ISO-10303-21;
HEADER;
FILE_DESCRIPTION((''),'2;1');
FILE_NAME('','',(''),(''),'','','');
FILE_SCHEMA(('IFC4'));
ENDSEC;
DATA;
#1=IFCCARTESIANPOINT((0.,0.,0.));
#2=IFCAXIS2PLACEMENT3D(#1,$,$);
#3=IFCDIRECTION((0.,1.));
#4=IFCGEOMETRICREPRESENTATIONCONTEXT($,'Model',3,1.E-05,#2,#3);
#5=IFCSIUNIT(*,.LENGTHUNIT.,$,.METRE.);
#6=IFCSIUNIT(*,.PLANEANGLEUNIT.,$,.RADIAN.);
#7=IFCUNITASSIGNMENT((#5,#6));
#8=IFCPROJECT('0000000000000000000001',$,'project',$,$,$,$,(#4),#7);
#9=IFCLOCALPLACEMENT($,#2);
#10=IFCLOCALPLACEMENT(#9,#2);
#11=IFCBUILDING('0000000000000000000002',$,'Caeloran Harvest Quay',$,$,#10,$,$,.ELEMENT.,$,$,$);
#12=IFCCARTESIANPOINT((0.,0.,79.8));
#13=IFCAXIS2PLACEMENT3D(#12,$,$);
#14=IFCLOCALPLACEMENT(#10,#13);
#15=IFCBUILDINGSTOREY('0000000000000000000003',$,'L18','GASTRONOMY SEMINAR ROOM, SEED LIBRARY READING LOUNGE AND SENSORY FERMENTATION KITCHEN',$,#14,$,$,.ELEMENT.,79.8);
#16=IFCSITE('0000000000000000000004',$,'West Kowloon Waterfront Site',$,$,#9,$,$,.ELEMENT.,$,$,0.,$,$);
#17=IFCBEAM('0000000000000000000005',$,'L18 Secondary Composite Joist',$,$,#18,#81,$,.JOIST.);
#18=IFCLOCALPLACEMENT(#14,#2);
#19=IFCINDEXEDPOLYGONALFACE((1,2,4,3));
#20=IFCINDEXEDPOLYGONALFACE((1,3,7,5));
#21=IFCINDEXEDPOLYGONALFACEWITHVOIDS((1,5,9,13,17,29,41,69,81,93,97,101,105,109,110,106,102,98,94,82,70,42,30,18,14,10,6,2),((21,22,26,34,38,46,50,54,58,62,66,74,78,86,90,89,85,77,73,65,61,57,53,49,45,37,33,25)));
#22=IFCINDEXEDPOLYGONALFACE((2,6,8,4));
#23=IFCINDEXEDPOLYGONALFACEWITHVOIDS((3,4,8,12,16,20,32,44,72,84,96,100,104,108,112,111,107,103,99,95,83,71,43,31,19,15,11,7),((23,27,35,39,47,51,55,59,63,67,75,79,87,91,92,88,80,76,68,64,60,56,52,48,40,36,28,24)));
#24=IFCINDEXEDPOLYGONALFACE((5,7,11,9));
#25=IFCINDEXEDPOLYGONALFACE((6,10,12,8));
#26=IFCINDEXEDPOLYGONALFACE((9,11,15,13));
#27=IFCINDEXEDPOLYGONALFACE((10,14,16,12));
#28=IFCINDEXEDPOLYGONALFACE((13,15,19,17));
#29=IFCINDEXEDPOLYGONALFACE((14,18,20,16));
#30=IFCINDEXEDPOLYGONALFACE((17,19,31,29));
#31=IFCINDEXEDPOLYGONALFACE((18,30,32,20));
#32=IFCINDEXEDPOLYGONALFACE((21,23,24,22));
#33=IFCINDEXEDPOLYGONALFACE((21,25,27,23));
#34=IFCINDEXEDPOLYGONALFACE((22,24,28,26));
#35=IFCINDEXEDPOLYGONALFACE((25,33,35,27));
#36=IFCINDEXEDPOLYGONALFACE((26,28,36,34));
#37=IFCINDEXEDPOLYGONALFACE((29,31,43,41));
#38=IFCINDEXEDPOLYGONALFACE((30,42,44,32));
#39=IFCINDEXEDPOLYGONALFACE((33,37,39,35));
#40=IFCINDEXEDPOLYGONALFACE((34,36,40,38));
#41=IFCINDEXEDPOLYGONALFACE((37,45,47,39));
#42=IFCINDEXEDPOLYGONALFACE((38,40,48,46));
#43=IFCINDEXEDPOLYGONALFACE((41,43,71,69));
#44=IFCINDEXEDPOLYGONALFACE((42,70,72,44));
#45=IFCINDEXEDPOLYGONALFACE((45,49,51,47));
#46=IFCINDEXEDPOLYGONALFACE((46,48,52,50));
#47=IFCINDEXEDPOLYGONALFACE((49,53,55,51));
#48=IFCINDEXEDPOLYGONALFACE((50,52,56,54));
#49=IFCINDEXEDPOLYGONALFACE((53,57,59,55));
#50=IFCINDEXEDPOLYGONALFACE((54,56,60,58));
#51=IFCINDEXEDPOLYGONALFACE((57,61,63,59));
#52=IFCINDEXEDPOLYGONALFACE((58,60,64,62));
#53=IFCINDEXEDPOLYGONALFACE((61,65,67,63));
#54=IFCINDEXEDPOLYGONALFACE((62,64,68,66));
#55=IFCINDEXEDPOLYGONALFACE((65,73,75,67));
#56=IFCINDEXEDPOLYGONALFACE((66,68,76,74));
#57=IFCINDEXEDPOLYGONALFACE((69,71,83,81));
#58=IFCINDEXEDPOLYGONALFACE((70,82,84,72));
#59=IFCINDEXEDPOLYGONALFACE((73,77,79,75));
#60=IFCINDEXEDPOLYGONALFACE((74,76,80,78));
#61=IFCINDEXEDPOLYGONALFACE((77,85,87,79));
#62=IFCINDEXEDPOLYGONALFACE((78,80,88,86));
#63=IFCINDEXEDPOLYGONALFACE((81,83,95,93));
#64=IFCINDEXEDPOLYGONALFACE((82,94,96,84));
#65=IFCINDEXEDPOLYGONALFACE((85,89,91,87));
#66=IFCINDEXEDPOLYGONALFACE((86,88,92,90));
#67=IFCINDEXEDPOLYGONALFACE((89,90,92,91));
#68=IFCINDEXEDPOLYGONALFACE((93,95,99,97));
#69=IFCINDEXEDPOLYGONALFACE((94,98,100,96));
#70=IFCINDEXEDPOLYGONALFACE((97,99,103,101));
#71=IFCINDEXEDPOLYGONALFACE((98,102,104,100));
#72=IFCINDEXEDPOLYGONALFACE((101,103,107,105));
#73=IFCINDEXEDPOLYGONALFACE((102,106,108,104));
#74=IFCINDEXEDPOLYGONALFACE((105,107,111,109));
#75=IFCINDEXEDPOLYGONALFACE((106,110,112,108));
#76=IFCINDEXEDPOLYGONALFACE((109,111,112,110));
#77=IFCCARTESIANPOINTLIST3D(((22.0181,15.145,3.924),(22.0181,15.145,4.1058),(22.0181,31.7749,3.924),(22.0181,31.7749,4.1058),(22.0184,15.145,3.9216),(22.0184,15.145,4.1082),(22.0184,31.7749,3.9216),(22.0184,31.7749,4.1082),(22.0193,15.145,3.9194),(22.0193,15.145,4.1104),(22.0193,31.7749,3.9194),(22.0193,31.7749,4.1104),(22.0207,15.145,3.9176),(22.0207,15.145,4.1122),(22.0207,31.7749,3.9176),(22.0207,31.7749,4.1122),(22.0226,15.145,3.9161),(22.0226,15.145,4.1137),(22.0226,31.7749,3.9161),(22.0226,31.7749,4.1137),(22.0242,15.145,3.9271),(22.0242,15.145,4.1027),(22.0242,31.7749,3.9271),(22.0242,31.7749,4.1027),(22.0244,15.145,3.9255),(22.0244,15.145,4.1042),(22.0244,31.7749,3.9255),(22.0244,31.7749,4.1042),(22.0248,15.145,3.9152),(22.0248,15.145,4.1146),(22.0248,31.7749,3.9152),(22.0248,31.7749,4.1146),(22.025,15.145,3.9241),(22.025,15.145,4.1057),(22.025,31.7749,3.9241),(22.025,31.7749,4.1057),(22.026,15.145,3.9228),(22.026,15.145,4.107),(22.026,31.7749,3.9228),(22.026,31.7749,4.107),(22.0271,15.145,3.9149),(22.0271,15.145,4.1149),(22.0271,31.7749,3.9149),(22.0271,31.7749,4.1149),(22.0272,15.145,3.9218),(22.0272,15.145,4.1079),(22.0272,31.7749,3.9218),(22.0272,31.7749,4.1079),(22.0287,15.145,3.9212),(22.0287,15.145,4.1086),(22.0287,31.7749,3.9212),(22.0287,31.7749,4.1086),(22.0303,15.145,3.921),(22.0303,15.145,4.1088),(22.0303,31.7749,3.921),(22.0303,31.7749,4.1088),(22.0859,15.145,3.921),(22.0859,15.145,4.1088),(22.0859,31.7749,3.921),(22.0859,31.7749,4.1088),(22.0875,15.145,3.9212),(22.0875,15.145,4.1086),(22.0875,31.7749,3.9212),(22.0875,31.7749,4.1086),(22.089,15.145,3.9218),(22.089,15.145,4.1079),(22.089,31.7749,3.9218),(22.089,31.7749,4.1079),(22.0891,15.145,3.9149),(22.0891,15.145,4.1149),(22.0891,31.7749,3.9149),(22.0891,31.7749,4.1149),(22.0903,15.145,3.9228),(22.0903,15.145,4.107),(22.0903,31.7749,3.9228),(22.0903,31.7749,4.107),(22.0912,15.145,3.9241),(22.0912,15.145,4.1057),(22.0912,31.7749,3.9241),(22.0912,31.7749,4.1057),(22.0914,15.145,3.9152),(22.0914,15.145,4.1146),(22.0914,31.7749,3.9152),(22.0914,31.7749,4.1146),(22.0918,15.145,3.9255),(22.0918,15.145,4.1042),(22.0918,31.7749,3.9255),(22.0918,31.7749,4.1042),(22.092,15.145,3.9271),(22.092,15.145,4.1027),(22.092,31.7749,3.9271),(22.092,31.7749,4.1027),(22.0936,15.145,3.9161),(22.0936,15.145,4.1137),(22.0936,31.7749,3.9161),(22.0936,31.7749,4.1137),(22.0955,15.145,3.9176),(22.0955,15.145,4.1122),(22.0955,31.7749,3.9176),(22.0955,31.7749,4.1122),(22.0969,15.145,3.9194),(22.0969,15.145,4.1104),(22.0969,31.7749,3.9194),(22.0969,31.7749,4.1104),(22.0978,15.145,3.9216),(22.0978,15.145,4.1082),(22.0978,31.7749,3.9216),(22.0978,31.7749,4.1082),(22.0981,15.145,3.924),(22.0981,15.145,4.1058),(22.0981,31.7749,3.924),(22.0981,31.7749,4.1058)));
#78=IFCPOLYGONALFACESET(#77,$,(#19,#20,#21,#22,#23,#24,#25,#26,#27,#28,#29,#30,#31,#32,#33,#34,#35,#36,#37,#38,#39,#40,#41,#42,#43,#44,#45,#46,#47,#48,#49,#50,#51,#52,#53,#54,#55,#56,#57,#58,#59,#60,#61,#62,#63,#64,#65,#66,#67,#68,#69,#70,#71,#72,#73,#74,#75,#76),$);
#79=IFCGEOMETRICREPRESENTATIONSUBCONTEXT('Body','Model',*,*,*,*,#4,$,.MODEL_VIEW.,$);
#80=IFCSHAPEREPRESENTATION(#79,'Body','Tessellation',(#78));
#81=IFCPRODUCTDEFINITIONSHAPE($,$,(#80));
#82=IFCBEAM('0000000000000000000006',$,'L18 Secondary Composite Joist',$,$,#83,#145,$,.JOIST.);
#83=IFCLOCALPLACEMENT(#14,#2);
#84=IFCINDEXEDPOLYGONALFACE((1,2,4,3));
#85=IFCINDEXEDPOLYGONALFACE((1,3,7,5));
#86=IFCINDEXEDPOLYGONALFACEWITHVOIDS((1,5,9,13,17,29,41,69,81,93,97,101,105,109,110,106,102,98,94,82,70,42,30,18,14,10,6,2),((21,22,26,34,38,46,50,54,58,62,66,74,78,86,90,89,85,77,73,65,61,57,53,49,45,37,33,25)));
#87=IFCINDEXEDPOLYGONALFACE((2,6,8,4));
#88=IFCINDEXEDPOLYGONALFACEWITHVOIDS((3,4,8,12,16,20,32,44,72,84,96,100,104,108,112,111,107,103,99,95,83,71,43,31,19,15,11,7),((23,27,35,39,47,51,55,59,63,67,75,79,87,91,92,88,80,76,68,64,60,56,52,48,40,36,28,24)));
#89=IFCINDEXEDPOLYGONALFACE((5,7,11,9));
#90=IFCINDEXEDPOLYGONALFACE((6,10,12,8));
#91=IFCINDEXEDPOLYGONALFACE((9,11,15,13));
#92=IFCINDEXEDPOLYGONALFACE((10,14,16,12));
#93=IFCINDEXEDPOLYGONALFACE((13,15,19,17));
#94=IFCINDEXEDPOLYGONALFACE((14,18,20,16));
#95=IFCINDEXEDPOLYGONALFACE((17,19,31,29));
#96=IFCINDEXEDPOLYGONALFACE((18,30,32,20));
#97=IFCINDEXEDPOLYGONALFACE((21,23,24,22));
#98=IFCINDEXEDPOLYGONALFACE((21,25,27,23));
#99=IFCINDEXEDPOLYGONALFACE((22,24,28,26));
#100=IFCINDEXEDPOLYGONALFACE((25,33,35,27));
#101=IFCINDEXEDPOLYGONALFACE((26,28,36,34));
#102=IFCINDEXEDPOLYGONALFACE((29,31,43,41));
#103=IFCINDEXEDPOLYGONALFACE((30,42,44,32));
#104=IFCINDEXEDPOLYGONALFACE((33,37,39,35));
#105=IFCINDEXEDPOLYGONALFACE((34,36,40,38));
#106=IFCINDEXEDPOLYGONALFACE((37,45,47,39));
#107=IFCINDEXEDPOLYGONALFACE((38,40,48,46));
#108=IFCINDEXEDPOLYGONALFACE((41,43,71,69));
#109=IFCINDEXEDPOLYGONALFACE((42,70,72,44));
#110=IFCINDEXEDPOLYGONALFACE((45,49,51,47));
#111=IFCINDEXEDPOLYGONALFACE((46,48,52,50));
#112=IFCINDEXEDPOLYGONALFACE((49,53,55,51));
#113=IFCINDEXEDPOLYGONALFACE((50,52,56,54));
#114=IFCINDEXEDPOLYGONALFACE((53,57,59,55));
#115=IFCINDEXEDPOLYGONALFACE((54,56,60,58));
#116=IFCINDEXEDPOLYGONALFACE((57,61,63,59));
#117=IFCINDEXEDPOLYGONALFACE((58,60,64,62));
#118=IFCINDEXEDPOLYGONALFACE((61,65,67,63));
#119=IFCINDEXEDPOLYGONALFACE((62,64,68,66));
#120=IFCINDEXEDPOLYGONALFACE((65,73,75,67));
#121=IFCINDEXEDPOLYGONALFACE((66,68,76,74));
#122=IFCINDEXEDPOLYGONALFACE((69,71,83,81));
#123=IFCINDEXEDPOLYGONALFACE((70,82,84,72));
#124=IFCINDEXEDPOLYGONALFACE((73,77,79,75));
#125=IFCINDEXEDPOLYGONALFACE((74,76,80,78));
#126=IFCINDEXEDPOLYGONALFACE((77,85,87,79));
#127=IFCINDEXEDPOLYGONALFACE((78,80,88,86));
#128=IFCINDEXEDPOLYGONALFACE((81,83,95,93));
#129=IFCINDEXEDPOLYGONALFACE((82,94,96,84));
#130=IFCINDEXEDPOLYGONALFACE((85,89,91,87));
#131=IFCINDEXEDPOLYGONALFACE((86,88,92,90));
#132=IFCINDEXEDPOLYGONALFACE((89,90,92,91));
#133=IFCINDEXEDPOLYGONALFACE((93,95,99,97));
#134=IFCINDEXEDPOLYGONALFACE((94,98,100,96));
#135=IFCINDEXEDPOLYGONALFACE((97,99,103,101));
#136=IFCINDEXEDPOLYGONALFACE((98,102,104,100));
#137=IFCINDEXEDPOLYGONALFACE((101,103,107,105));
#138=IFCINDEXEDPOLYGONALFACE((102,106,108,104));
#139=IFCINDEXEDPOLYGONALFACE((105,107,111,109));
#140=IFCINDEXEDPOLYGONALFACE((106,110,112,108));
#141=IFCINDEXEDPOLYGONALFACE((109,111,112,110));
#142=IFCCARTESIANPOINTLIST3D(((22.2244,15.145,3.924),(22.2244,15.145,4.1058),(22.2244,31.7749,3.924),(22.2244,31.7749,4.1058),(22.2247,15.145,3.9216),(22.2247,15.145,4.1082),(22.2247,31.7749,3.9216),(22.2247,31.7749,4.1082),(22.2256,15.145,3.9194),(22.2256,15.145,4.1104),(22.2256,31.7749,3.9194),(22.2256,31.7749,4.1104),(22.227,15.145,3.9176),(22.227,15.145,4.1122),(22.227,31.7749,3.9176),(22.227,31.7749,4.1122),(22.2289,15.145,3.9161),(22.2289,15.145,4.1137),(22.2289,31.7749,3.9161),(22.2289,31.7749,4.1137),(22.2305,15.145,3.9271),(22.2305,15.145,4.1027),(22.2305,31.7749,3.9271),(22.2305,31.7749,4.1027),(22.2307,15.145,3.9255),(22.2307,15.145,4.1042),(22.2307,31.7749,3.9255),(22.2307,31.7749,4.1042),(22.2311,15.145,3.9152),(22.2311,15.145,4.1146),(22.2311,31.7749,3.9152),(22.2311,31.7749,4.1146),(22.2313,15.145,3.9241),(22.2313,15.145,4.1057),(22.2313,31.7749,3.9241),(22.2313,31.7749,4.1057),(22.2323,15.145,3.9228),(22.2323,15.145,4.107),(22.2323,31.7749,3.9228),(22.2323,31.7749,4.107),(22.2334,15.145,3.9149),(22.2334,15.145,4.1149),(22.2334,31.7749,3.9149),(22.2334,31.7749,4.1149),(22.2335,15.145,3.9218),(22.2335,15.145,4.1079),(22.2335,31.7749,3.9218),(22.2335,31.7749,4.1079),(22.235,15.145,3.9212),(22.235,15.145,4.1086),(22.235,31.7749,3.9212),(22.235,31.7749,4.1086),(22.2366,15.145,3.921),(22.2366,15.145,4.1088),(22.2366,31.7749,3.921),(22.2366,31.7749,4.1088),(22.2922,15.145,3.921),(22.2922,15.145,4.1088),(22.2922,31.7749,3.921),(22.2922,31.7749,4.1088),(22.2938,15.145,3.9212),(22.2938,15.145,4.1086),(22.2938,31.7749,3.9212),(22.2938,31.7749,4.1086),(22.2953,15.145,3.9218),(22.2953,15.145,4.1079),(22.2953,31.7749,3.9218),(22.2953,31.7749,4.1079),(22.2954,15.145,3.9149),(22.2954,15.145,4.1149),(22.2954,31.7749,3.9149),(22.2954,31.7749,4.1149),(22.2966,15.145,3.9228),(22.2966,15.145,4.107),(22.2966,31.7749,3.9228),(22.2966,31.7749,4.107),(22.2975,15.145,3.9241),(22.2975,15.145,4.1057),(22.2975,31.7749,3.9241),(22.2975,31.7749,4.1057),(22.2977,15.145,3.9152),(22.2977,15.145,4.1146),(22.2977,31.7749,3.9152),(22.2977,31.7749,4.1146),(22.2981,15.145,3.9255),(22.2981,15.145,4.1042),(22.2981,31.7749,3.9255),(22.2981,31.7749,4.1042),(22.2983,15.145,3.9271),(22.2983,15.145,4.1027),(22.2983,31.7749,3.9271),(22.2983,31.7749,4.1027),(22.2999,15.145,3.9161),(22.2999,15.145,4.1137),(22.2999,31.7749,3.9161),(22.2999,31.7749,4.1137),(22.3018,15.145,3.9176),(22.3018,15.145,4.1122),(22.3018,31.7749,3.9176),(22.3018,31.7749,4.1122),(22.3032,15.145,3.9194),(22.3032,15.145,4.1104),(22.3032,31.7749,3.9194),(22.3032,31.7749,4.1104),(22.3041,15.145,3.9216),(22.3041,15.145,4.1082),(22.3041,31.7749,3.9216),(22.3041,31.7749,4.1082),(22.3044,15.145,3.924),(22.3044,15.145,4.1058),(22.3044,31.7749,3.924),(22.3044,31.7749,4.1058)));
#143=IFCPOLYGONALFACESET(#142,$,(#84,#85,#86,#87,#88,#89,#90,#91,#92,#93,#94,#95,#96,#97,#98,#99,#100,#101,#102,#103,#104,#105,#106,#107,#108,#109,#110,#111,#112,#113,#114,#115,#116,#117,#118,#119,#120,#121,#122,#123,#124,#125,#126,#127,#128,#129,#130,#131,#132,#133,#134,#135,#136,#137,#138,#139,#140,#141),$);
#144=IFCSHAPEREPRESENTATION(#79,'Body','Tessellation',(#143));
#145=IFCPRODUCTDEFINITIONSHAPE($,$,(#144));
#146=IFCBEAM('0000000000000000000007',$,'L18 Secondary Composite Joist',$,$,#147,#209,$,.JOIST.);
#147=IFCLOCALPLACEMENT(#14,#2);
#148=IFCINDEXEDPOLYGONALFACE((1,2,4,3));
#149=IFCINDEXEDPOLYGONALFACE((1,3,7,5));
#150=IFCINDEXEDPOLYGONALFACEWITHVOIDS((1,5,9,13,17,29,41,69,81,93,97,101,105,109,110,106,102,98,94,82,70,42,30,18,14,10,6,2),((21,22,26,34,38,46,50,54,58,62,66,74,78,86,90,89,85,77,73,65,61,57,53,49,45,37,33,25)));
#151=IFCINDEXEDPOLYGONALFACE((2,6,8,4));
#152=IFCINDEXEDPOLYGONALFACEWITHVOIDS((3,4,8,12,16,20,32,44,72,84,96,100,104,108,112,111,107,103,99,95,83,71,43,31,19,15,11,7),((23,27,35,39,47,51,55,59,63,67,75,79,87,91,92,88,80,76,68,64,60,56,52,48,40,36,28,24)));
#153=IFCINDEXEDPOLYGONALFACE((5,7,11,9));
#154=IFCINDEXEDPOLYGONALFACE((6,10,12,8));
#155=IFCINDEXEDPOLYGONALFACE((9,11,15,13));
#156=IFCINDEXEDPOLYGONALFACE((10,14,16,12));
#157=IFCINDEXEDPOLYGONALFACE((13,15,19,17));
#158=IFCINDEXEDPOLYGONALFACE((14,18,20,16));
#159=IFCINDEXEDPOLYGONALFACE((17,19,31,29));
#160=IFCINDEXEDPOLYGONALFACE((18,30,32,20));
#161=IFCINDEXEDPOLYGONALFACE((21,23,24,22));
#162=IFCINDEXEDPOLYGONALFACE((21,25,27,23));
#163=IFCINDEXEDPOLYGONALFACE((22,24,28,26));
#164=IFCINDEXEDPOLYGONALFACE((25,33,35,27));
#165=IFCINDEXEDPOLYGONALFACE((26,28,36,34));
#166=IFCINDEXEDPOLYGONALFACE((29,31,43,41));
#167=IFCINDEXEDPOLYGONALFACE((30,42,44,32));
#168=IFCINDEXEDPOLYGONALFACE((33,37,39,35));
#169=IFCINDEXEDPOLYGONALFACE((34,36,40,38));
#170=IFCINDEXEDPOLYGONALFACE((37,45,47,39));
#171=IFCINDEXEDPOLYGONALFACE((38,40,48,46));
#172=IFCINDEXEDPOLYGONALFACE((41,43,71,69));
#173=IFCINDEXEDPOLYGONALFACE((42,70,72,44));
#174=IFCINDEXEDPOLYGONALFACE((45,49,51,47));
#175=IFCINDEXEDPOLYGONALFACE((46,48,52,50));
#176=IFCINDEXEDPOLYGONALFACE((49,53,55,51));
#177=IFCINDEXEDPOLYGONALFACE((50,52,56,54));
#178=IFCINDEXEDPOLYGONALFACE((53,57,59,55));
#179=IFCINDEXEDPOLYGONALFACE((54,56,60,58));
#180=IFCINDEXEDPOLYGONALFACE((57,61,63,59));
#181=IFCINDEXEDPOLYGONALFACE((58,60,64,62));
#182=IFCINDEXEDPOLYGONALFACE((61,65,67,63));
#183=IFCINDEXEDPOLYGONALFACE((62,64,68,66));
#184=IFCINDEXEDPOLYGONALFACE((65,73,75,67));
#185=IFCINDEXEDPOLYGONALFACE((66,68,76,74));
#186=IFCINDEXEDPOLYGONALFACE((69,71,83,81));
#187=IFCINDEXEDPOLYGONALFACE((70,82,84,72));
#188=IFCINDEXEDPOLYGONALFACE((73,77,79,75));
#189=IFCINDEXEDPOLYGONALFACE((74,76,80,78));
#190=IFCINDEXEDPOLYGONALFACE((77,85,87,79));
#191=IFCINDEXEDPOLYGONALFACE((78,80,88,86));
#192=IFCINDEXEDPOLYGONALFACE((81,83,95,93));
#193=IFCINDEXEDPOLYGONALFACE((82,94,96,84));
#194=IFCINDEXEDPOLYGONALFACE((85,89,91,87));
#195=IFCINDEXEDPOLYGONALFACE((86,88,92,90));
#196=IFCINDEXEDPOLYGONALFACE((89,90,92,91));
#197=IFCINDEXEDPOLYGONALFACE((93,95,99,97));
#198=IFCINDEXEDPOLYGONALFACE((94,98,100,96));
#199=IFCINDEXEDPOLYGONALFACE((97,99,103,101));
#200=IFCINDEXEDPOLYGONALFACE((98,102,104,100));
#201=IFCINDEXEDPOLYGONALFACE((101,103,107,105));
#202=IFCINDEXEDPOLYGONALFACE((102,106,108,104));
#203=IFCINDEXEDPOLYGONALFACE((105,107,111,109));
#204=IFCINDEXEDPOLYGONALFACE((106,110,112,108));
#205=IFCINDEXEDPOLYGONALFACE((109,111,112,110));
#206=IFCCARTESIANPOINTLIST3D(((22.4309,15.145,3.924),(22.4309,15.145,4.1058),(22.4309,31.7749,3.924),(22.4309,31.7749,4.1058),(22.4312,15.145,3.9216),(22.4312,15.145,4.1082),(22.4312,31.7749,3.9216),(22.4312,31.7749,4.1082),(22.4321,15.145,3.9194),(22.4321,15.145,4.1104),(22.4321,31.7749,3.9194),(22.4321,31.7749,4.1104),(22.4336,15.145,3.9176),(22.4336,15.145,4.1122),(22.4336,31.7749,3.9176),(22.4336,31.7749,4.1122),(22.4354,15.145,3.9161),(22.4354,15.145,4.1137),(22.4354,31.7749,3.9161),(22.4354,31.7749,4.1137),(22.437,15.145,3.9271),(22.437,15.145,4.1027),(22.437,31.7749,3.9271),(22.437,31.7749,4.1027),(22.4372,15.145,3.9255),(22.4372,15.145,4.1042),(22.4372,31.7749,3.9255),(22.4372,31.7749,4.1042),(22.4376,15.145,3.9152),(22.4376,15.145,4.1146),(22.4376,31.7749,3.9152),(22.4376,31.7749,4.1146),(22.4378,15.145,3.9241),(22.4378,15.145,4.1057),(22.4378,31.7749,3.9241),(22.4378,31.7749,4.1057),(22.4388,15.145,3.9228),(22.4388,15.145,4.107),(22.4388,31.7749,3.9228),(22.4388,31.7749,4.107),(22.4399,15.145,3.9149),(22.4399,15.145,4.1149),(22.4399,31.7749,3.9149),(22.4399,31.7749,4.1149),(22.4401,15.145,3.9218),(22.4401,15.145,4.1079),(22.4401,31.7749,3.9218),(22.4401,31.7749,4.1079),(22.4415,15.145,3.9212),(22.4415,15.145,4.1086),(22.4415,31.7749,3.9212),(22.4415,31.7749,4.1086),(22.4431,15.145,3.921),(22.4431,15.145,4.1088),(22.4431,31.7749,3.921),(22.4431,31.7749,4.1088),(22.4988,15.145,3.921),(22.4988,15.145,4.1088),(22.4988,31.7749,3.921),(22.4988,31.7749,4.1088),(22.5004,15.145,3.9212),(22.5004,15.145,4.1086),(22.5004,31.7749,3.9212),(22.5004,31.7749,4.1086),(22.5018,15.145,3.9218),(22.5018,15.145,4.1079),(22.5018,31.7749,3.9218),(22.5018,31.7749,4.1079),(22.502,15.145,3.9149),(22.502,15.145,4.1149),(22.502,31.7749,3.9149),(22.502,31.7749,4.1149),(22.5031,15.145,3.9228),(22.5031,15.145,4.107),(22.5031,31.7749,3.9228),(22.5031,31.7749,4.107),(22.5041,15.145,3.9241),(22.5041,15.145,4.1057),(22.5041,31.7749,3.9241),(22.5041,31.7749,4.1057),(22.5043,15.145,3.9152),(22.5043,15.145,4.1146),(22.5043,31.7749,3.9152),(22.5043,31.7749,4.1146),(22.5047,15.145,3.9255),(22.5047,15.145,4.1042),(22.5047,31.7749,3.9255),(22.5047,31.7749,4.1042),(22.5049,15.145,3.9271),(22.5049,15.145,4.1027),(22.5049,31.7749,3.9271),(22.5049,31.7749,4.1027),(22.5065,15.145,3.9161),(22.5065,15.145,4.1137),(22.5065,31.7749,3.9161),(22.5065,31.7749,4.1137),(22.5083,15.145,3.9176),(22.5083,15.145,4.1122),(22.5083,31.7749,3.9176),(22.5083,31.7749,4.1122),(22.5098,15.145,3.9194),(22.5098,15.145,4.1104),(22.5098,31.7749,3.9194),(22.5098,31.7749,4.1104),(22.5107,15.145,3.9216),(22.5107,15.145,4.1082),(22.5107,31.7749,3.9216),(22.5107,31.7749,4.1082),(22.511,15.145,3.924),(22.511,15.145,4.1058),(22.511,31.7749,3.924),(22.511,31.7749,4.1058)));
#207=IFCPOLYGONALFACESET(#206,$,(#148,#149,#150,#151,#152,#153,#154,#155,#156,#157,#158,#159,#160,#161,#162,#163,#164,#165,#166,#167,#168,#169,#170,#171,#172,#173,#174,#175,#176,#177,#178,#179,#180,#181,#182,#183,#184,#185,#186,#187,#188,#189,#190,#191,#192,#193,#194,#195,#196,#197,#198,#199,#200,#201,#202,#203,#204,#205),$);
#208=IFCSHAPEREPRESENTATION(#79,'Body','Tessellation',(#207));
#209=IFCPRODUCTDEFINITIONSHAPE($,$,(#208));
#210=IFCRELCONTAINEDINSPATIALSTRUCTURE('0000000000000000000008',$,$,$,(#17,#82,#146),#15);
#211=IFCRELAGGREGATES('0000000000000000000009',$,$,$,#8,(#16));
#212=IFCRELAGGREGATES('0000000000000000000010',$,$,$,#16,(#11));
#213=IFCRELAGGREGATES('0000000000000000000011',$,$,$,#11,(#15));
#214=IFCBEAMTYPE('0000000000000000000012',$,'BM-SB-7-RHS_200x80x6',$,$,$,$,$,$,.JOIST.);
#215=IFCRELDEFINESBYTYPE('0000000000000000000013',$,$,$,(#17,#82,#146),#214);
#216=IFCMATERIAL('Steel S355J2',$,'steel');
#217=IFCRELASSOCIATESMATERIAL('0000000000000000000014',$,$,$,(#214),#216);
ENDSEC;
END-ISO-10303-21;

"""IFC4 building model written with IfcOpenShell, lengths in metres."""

from ifc_helpers import new_model, si_unit, direction, frame, origin, origin_2d, place, context, subcontext, project, spatial, hollow_rectangle, extrude, material, material_profile, profile_set, type_object, element, save


model = new_model("IFC4")

# Units and contexts
model_context = context("Model", 3, precision=1e-05, world=origin(), true_north=direction((0.0, 1.0)))
body_context = subcontext(model_context, "Body", "Model", "MODEL_VIEW")
ifc_project = project(units=[si_unit("LENGTHUNIT", "METRE"), si_unit("PLANEANGLEUNIT", "RADIAN")], contexts=[model_context])

# Site, building, storey
site_placement = place(None, origin())
site = spatial("IfcSite", under=ifc_project, at=site_placement, Name="West Kowloon Waterfront Site", CompositionType="ELEMENT", RefElevation=0.0)
building_placement = place(site_placement, origin())
building = spatial("IfcBuilding", under=site, at=building_placement, Name="Caeloran Harvest Quay", CompositionType="ELEMENT")
storey_placement = place(building_placement, frame((0.0, 0.0, 79.8)))
storey = spatial("IfcBuildingStorey", under=building, at=storey_placement, Name="L18", Description="GASTRONOMY SEMINAR ROOM, SEED LIBRARY READING LOUNGE AND SENSORY FERMENTATION KITCHEN", CompositionType="ELEMENT", Elevation=79.8)

# Beams
ifc_material_1 = material(Name="Steel S355J2", Category="steel")
ifc_material_profile_1 = material_profile(ifc_material_1, hollow_rectangle(XDim=0.0801, YDim=0.2, WallThickness=0.0061, InnerFilletRadius=0.0061, OuterFilletRadius=0.009, at=origin_2d()), Name="RHS 200x80x6")
ifc_profile_set_1 = profile_set([ifc_material_profile_1], Name="Steel S355J2")
beam_type_1 = type_object("IfcBeamType", Name="BM-SB-7-RHS_200x80x6", PredefinedType="JOIST", material=ifc_profile_set_1)
for number, where, z_axis, x_axis, name in (
    (1, (22.0581, 15.145, 4.0149), (0.0, 1.0, 0.0), (-1.0, 0.0, 0.0), "L18 Secondary Composite Joist"),
    (2, (22.2644, 15.145, 4.0149), (0.0, 1.0, 0.0), (-1.0, 0.0, 0.0), "L18 Secondary Composite Joist"),
    (3, (22.4709, 15.145, 4.0149), (0.0, 1.0, 0.0), (-1.0, 0.0, 0.0), "L18 Secondary Composite Joist"),
):
    element("IfcBeam", number, at=place(storey_placement, frame(where, z_axis=z_axis, x_axis=x_axis)), inside=storey, type_object=beam_type_1, Name=name, PredefinedType="JOIST", context=body_context, shape_type="SweptSolid", body=[
        extrude(hollow_rectangle(XDim=0.0801, YDim=0.2, WallThickness=0.0061, InnerFilletRadius=0.0061, OuterFilletRadius=0.009, at=origin_2d()), origin(), (0.0, 0.0, 1.0), 16.6299),
    ])

save(model, "model.ifc")
